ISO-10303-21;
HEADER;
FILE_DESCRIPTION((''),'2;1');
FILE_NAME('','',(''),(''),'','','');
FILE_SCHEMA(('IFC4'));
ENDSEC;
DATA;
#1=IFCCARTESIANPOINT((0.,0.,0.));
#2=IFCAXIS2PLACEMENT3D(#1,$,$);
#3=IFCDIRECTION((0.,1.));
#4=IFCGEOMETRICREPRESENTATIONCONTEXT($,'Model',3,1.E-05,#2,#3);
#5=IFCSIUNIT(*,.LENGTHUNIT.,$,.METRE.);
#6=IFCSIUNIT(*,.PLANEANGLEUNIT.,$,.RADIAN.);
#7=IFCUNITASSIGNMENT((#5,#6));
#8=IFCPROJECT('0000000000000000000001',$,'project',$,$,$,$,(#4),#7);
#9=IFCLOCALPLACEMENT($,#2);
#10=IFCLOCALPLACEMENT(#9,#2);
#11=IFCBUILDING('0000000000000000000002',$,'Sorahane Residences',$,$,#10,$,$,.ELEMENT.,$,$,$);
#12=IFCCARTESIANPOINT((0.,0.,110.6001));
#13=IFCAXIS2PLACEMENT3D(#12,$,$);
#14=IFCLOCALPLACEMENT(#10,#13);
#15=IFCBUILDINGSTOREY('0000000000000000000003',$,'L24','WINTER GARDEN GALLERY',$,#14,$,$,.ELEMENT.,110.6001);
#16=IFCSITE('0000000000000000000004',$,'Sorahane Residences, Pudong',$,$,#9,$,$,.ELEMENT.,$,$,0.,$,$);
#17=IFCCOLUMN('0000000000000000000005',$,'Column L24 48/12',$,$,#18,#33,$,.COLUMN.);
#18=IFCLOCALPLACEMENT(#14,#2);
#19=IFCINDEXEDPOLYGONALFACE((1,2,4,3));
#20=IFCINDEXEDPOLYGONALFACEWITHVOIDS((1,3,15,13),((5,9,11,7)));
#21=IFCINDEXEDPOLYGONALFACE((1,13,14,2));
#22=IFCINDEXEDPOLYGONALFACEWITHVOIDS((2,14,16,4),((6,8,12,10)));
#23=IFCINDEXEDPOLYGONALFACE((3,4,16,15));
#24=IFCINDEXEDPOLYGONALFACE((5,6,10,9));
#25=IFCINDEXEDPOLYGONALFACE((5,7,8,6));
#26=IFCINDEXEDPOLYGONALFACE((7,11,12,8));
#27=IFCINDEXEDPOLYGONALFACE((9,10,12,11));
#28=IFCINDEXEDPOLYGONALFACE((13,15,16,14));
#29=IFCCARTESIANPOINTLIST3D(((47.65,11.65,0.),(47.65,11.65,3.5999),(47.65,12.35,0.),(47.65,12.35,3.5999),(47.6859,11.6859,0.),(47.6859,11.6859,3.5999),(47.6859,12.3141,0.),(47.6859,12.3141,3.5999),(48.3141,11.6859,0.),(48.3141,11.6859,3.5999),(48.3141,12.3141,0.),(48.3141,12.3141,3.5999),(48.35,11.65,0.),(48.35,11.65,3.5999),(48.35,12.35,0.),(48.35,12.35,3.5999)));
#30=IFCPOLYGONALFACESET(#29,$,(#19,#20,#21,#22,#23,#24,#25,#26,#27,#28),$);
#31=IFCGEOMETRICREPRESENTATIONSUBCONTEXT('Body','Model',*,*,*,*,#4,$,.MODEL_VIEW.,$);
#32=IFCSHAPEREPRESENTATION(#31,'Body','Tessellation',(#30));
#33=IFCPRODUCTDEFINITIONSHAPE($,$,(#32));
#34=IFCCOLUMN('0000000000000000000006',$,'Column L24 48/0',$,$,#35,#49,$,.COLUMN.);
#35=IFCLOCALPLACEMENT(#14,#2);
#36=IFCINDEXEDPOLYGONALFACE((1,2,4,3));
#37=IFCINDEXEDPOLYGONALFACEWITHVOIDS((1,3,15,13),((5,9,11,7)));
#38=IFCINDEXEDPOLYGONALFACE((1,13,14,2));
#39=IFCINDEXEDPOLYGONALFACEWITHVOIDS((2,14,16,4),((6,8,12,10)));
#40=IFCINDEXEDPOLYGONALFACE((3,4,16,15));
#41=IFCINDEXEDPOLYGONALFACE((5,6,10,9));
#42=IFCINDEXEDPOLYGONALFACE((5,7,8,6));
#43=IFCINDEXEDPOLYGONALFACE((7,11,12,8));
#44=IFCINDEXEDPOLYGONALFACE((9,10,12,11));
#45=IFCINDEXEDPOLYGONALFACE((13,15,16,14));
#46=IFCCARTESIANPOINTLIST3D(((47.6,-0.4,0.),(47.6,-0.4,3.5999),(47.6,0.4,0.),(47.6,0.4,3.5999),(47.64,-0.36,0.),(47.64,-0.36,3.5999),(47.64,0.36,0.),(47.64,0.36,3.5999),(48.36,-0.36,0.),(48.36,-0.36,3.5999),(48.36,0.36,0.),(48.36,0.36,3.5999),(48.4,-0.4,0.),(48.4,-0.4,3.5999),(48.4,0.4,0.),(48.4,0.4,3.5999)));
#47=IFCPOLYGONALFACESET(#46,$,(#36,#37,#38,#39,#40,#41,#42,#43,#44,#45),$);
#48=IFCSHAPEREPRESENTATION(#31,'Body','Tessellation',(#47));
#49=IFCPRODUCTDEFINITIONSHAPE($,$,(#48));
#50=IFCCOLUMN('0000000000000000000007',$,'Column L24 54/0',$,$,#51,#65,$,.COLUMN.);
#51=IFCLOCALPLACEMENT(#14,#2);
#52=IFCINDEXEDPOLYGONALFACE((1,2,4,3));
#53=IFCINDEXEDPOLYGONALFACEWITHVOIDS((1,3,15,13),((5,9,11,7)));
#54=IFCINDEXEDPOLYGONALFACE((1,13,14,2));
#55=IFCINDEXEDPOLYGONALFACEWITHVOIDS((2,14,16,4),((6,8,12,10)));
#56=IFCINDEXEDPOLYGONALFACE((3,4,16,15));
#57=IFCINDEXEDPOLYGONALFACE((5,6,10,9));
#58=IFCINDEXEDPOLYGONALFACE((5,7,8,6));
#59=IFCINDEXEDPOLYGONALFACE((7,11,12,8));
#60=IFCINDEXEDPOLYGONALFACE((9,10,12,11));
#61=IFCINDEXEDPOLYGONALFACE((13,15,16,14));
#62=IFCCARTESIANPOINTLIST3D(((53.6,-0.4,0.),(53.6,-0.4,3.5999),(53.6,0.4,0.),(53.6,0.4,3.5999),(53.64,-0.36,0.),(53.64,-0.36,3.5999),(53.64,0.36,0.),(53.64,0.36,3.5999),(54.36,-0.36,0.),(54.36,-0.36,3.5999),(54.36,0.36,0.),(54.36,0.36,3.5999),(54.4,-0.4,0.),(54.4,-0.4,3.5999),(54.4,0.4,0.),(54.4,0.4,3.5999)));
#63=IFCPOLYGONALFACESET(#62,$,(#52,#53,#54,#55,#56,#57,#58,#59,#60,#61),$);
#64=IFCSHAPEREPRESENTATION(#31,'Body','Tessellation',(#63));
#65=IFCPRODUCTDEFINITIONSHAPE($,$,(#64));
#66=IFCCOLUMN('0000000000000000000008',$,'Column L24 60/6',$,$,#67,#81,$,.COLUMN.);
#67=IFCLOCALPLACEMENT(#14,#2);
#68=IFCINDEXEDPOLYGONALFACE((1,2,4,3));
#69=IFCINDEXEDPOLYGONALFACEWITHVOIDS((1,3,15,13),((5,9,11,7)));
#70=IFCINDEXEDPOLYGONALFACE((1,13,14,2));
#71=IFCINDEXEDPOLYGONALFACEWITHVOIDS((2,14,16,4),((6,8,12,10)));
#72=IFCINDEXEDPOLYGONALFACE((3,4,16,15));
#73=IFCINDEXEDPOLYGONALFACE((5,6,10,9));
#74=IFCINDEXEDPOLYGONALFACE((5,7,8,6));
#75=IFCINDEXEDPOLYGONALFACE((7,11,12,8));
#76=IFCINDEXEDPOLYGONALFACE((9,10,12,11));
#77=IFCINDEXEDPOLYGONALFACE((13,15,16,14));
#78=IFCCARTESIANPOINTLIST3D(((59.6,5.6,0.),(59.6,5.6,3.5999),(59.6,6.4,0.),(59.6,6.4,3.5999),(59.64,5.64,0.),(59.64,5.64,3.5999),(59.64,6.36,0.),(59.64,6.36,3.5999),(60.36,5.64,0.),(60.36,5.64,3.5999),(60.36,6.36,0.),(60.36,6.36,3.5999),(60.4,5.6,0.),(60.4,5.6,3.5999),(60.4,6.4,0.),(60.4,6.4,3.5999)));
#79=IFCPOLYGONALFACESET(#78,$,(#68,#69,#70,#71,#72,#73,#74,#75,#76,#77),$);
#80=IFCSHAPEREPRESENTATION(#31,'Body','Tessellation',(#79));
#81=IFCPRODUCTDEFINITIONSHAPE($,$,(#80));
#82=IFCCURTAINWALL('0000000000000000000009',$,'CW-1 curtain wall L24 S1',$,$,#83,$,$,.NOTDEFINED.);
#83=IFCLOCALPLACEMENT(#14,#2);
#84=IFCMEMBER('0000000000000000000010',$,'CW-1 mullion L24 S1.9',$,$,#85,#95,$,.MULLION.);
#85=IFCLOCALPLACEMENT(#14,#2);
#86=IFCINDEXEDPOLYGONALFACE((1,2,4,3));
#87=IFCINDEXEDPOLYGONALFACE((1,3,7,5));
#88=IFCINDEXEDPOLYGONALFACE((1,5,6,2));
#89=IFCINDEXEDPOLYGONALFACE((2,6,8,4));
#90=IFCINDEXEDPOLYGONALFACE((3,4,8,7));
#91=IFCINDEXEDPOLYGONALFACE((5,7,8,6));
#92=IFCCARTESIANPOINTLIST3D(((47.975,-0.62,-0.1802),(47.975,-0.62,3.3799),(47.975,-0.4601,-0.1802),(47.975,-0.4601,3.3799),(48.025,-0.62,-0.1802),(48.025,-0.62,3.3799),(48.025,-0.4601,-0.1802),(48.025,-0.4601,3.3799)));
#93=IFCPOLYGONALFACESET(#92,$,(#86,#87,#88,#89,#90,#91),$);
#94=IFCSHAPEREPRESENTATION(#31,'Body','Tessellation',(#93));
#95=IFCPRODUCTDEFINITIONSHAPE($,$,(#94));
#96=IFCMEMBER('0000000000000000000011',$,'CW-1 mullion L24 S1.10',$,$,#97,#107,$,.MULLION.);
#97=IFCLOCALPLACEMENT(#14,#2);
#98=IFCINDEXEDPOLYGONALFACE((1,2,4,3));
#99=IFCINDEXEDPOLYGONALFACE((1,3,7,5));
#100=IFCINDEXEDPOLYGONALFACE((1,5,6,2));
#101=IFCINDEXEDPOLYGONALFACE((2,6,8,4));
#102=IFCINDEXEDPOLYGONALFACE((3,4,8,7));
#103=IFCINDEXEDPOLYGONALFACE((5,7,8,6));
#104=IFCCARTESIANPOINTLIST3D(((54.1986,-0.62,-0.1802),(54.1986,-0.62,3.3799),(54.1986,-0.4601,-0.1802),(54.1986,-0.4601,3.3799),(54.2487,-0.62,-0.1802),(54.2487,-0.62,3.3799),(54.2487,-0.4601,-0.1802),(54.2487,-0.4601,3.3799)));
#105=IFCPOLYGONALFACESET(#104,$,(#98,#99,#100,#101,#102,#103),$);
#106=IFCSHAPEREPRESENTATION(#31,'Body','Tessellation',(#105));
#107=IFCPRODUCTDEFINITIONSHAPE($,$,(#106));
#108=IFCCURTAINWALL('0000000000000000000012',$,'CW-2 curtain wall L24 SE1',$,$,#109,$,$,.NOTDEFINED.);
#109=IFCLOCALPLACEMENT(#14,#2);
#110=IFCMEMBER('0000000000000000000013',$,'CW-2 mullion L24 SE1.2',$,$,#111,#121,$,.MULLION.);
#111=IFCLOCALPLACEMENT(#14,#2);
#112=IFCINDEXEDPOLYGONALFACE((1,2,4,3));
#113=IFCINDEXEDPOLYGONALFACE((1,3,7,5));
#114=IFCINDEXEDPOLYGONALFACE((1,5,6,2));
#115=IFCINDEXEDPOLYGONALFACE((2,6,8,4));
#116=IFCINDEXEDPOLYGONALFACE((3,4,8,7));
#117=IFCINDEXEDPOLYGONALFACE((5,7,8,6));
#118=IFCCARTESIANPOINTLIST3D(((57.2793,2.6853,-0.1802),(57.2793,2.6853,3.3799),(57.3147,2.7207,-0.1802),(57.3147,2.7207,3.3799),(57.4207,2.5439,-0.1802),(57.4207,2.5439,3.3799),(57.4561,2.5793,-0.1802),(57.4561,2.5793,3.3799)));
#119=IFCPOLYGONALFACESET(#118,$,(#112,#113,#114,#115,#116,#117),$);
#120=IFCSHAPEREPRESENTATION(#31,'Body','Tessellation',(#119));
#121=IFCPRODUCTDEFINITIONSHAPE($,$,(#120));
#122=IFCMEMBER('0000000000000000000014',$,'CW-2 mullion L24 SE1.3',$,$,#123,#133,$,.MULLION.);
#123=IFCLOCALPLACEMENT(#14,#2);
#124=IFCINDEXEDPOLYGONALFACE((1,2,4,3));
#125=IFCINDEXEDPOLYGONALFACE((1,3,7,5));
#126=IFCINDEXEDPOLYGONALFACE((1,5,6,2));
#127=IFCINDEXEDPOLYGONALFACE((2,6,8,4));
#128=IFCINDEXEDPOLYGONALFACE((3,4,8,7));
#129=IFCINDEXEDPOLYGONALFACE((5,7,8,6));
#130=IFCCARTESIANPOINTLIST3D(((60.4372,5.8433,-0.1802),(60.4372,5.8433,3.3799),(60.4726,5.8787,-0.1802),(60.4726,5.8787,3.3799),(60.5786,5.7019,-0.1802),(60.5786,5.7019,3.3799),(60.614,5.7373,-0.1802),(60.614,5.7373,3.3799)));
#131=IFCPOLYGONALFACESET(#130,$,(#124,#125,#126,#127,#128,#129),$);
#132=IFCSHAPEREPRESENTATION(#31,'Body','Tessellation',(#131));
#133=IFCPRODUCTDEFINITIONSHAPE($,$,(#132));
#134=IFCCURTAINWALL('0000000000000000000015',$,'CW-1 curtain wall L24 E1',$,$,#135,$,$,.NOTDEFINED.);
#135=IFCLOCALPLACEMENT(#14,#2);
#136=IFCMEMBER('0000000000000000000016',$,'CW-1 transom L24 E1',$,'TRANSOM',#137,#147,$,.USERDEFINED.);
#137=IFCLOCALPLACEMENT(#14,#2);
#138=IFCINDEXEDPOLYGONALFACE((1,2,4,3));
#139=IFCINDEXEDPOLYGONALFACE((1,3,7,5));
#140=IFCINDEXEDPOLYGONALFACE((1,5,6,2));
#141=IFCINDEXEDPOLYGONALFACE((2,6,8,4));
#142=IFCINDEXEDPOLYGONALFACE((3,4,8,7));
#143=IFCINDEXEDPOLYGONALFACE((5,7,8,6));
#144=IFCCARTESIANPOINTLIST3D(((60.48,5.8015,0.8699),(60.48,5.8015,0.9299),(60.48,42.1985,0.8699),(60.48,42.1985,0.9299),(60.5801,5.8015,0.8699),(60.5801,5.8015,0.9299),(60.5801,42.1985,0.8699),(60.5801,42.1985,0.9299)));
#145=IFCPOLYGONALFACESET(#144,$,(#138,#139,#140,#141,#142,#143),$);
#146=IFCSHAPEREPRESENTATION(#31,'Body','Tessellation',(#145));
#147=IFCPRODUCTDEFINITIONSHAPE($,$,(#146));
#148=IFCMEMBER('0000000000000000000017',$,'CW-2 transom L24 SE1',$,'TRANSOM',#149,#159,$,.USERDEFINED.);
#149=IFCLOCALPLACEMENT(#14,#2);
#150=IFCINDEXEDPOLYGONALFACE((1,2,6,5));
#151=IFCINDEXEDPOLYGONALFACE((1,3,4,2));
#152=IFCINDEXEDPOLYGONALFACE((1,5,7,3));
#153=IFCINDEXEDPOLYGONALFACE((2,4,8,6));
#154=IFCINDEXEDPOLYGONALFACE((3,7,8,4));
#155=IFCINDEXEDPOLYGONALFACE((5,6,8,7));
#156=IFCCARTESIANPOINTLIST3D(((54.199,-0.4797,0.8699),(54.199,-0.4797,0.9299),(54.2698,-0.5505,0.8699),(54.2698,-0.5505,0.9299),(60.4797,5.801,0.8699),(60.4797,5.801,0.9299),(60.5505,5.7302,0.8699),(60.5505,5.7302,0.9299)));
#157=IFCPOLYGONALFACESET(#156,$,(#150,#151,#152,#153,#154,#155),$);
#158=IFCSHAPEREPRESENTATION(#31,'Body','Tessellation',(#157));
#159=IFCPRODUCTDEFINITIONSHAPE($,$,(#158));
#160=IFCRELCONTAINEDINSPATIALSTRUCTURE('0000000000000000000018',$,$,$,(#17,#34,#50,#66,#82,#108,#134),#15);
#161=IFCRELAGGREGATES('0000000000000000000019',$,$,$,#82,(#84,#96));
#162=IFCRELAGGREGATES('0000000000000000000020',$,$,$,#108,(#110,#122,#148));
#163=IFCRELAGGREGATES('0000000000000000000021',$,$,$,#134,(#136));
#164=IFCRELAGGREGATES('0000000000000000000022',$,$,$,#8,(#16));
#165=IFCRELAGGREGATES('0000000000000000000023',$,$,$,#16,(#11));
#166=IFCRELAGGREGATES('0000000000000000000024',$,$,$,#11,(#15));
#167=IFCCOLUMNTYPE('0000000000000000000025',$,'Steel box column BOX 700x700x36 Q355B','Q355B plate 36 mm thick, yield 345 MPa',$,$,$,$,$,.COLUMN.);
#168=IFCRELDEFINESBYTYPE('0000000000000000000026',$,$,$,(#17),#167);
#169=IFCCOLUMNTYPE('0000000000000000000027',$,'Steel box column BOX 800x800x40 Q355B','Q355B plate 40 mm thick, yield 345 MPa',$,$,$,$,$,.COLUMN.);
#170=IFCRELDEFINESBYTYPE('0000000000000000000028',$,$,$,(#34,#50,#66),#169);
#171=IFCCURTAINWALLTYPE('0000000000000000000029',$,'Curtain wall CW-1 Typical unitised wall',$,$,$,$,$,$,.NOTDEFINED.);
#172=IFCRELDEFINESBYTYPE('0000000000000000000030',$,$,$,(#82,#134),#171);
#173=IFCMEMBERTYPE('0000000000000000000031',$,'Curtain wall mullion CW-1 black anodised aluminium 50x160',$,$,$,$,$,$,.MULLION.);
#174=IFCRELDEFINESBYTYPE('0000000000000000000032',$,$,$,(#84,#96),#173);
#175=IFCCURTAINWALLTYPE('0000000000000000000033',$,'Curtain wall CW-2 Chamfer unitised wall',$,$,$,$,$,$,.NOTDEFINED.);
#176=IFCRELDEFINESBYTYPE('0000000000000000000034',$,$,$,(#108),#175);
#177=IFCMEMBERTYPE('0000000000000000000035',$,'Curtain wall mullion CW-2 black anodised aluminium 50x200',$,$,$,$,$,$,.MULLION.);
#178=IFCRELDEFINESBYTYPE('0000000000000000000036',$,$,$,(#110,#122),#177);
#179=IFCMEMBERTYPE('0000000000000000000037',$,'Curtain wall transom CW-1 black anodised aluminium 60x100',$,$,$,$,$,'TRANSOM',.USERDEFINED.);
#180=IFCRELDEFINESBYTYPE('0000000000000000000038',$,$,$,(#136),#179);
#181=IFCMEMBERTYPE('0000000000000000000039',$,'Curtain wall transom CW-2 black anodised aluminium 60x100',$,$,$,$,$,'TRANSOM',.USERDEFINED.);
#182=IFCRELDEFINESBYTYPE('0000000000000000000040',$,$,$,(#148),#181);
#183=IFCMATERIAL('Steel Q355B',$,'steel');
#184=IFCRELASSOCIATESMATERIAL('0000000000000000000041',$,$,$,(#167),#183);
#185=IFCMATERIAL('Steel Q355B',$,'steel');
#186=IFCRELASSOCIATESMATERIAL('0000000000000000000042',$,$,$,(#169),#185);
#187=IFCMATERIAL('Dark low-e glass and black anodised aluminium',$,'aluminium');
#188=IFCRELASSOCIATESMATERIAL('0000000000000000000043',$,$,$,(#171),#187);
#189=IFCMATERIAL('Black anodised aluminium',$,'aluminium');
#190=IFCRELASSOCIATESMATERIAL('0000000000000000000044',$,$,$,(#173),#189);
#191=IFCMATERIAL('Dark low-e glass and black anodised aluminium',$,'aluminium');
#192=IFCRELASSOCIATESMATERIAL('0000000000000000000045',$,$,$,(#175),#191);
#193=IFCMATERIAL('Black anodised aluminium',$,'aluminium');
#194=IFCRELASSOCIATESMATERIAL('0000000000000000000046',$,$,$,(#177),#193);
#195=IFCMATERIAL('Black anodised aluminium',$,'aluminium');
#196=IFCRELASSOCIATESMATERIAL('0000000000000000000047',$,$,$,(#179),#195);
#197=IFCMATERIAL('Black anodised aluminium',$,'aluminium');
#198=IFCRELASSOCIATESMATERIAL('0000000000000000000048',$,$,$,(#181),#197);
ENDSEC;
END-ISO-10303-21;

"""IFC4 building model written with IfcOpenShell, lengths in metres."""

from ifc_helpers import new_model, si_unit, direction, frame, origin, origin_2d, place, context, subcontext, project, spatial, rectangle, hollow_rectangle, extrude, material, material_profile, profile_set, type_object, element, aggregate, save


model = new_model("IFC4")

# Units and contexts
model_context = context("Model", 3, precision=1e-05, world=origin(), true_north=direction((0.0, 1.0)))
body_context = subcontext(model_context, "Body", "Model", "MODEL_VIEW")
ifc_project = project(units=[si_unit("LENGTHUNIT", "METRE"), si_unit("PLANEANGLEUNIT", "RADIAN")], contexts=[model_context])

# Site, building, storey
site_placement = place(None, origin())
site = spatial("IfcSite", under=ifc_project, at=site_placement, Name="Sorahane Residences, Pudong", CompositionType="ELEMENT", RefElevation=0.0)
building_placement = place(site_placement, origin())
building = spatial("IfcBuilding", under=site, at=building_placement, Name="Sorahane Residences", CompositionType="ELEMENT")
storey_placement = place(building_placement, frame((0.0, 0.0, 110.6001)))
storey = spatial("IfcBuildingStorey", under=building, at=storey_placement, Name="L24", Description="WINTER GARDEN GALLERY", CompositionType="ELEMENT", Elevation=110.6001)

# Columns
ifc_material_1 = material(Name="Steel Q355B", Category="steel")
ifc_material_profile_1 = material_profile(ifc_material_1, hollow_rectangle(XDim=0.7, YDim=0.7, WallThickness=0.0359, at=origin_2d()), Name="BOX 700x700x36")
ifc_profile_set_1 = profile_set([ifc_material_profile_1], Name="Steel Q355B")
column_type_1 = type_object("IfcColumnType", Name="Steel box column BOX 700x700x36 Q355B", Description="Q355B plate 36 mm thick, yield 345 MPa", PredefinedType="COLUMN", material=ifc_profile_set_1)
column_placement = place(storey_placement, frame((48.0, 12.0, 0.0), z_axis=(0.0, 0.0, 1.0), x_axis=(1.0, 0.0, 0.0)))
element("IfcColumn", 1, at=column_placement, inside=storey, type_object=column_type_1, Name="Column L24 48/12", PredefinedType="COLUMN", context=body_context, shape_type="SweptSolid", body=[
    extrude(hollow_rectangle(XDim=0.7, YDim=0.7, WallThickness=0.0359, at=origin_2d()), origin(), (0.0, 0.0, 1.0), 3.5999),
])
ifc_material_2 = material(Name="Steel Q355B", Category="steel")
ifc_material_profile_2 = material_profile(ifc_material_2, hollow_rectangle(XDim=0.8, YDim=0.8, WallThickness=0.04, at=origin_2d()), Name="BOX 800x800x40")
ifc_profile_set_2 = profile_set([ifc_material_profile_2], Name="Steel Q355B")
column_type_2 = type_object("IfcColumnType", Name="Steel box column BOX 800x800x40 Q355B", Description="Q355B plate 40 mm thick, yield 345 MPa", PredefinedType="COLUMN", material=ifc_profile_set_2)
for number, where, z_axis, x_axis, name in (
    (2, (48.0, 0.0, 0.0), (0.0, 0.0, 1.0), (1.0, 0.0, 0.0), "Column L24 48/0"),
    (3, (54.0, 0.0, 0.0), (0.0, 0.0, 1.0), (1.0, 0.0, 0.0), "Column L24 54/0"),
    (4, (60.0, 6.0, 0.0), (0.0, 0.0, 1.0), (1.0, 0.0, 0.0), "Column L24 60/6"),
):
    element("IfcColumn", number, at=place(storey_placement, frame(where, z_axis=z_axis, x_axis=x_axis)), inside=storey, type_object=column_type_2, Name=name, PredefinedType="COLUMN", context=body_context, shape_type="SweptSolid", body=[
        extrude(hollow_rectangle(XDim=0.8, YDim=0.8, WallThickness=0.04, at=origin_2d()), origin(), (0.0, 0.0, 1.0), 3.5999),
    ])

# Curtain walls, members
ifc_material_3 = material(Name="Dark low-e glass and black anodised aluminium", Category="aluminium")
curtain_wall_type_1 = type_object("IfcCurtainWallType", Name="Curtain wall CW-1 Typical unitised wall", PredefinedType="NOTDEFINED", material=ifc_material_3)
curtain_wall_1_placement = place(storey_placement, origin())
curtain_wall_1 = element("IfcCurtainWall", 5, at=curtain_wall_1_placement, inside=storey, type_object=curtain_wall_type_1, Name="CW-1 curtain wall L24 S1", PredefinedType="NOTDEFINED")
ifc_material_4 = material(Name="Black anodised aluminium", Category="aluminium")
ifc_material_profile_3 = material_profile(ifc_material_4, rectangle(XDim=0.1599, YDim=0.05, at=origin_2d()), Name="Curtain wall mullion CW-1 black anodised aluminium 50x160")
ifc_profile_set_3 = profile_set([ifc_material_profile_3], Name="Black anodised aluminium")
member_type_1 = type_object("IfcMemberType", Name="Curtain wall mullion CW-1 black anodised aluminium 50x160", PredefinedType="MULLION", material=ifc_profile_set_3)
member_1_placement = place(storey_placement, frame((48.0, -0.54, -0.1802), z_axis=(0.0, 0.0, 1.0), x_axis=(0.0, -1.0, 0.0)))
member_1 = element("IfcMember", 6, at=member_1_placement, type_object=member_type_1, Name="CW-1 mullion L24 S1.9", PredefinedType="MULLION", context=body_context, shape_type="SweptSolid", body=[
    extrude(rectangle(XDim=0.1599, YDim=0.05, at=origin_2d()), origin(), (0.0, 0.0, 1.0), 3.5601),
])
member_2_placement = place(storey_placement, frame((54.2236, -0.54, -0.1802), z_axis=(0.0, 0.0, 1.0), x_axis=(0.0, -1.0, 0.0)))
member_2 = element("IfcMember", 7, at=member_2_placement, type_object=member_type_1, Name="CW-1 mullion L24 S1.10", PredefinedType="MULLION", context=body_context, shape_type="SweptSolid", body=[
    extrude(rectangle(XDim=0.1599, YDim=0.05, at=origin_2d()), origin(), (0.0, 0.0, 1.0), 3.5601),
])
ifc_material_5 = material(Name="Dark low-e glass and black anodised aluminium", Category="aluminium")
curtain_wall_type_2 = type_object("IfcCurtainWallType", Name="Curtain wall CW-2 Chamfer unitised wall", PredefinedType="NOTDEFINED", material=ifc_material_5)
curtain_wall_2_placement = place(storey_placement, origin())
curtain_wall_2 = element("IfcCurtainWall", 8, at=curtain_wall_2_placement, inside=storey, type_object=curtain_wall_type_2, Name="CW-2 curtain wall L24 SE1", PredefinedType="NOTDEFINED")
ifc_material_6 = material(Name="Black anodised aluminium", Category="aluminium")
ifc_material_profile_4 = material_profile(ifc_material_6, rectangle(XDim=0.2, YDim=0.05, at=origin_2d()), Name="Curtain wall mullion CW-2 black anodised aluminium 50x200")
ifc_profile_set_4 = profile_set([ifc_material_profile_4], Name="Black anodised aluminium")
member_type_2 = type_object("IfcMemberType", Name="Curtain wall mullion CW-2 black anodised aluminium 50x200", PredefinedType="MULLION", material=ifc_profile_set_4)
member_3_placement = place(storey_placement, frame((57.3677, 2.6323, -0.1802), z_axis=(0.0, 0.0, 1.0), x_axis=(0.707107, -0.707107, 0.0)))
member_3 = element("IfcMember", 9, at=member_3_placement, type_object=member_type_2, Name="CW-2 mullion L24 SE1.2", PredefinedType="MULLION", context=body_context, shape_type="SweptSolid", body=[
    extrude(rectangle(XDim=0.2, YDim=0.05, at=origin_2d()), origin(), (0.0, 0.0, 1.0), 3.5601),
])
member_4_placement = place(storey_placement, frame((60.5256, 5.7903, -0.1802), z_axis=(0.0, 0.0, 1.0), x_axis=(0.707107, -0.707107, 0.0)))
member_4 = element("IfcMember", 10, at=member_4_placement, type_object=member_type_2, Name="CW-2 mullion L24 SE1.3", PredefinedType="MULLION", context=body_context, shape_type="SweptSolid", body=[
    extrude(rectangle(XDim=0.2, YDim=0.05, at=origin_2d()), origin(), (0.0, 0.0, 1.0), 3.5601),
])

# Curtain wall, member
curtain_wall_3_placement = place(storey_placement, origin())
curtain_wall_3 = element("IfcCurtainWall", 11, at=curtain_wall_3_placement, inside=storey, type_object=curtain_wall_type_1, Name="CW-1 curtain wall L24 E1", PredefinedType="NOTDEFINED")
ifc_material_7 = material(Name="Black anodised aluminium", Category="aluminium")
ifc_material_profile_5 = material_profile(ifc_material_7, rectangle(XDim=0.1001, YDim=0.0601, at=origin_2d()), Name="Curtain wall transom CW-1 black anodised aluminium 60x100")
ifc_profile_set_5 = profile_set([ifc_material_profile_5], Name="Black anodised aluminium")
member_type_3 = type_object("IfcMemberType", Name="Curtain wall transom CW-1 black anodised aluminium 60x100", ElementType="TRANSOM", PredefinedType="USERDEFINED", material=ifc_profile_set_5)
member_5_placement = place(storey_placement, frame((60.53, 5.8015, 0.8999), z_axis=(0.0, 1.0, 0.0), x_axis=(-1.0, 0.0, 0.0)))
member_5 = element("IfcMember", 12, at=member_5_placement, type_object=member_type_3, Name="CW-1 transom L24 E1", ObjectType="TRANSOM", PredefinedType="USERDEFINED", context=body_context, shape_type="SweptSolid", body=[
    extrude(rectangle(XDim=0.1001, YDim=0.0601, at=origin_2d()), origin(), (0.0, 0.0, 1.0), 36.397),
])

# Member
ifc_material_8 = material(Name="Black anodised aluminium", Category="aluminium")
ifc_material_profile_6 = material_profile(ifc_material_8, rectangle(XDim=0.1001, YDim=0.0601, at=origin_2d()), Name="Curtain wall transom CW-2 black anodised aluminium 60x100")
ifc_profile_set_6 = profile_set([ifc_material_profile_6], Name="Black anodised aluminium")
member_type_4 = type_object("IfcMemberType", Name="Curtain wall transom CW-2 black anodised aluminium 60x100", ElementType="TRANSOM", PredefinedType="USERDEFINED", material=ifc_profile_set_6)
member_6_placement = place(storey_placement, frame((54.2344, -0.5151, 0.8999), z_axis=(0.707107, 0.707107, 0.0), x_axis=(-0.707107, 0.707107, 0.0)))
member_6 = element("IfcMember", 13, at=member_6_placement, type_object=member_type_4, Name="CW-2 transom L24 SE1", ObjectType="TRANSOM", PredefinedType="USERDEFINED", context=body_context, shape_type="SweptSolid", body=[
    extrude(rectangle(XDim=0.1001, YDim=0.0601, at=origin_2d()), origin(), (0.0, 0.0, 1.0), 8.8823),
])

aggregate(curtain_wall_1, [member_1, member_2])
aggregate(curtain_wall_2, [member_3, member_4, member_6])
aggregate(curtain_wall_3, [member_5])

save(model, "model.ifc")
